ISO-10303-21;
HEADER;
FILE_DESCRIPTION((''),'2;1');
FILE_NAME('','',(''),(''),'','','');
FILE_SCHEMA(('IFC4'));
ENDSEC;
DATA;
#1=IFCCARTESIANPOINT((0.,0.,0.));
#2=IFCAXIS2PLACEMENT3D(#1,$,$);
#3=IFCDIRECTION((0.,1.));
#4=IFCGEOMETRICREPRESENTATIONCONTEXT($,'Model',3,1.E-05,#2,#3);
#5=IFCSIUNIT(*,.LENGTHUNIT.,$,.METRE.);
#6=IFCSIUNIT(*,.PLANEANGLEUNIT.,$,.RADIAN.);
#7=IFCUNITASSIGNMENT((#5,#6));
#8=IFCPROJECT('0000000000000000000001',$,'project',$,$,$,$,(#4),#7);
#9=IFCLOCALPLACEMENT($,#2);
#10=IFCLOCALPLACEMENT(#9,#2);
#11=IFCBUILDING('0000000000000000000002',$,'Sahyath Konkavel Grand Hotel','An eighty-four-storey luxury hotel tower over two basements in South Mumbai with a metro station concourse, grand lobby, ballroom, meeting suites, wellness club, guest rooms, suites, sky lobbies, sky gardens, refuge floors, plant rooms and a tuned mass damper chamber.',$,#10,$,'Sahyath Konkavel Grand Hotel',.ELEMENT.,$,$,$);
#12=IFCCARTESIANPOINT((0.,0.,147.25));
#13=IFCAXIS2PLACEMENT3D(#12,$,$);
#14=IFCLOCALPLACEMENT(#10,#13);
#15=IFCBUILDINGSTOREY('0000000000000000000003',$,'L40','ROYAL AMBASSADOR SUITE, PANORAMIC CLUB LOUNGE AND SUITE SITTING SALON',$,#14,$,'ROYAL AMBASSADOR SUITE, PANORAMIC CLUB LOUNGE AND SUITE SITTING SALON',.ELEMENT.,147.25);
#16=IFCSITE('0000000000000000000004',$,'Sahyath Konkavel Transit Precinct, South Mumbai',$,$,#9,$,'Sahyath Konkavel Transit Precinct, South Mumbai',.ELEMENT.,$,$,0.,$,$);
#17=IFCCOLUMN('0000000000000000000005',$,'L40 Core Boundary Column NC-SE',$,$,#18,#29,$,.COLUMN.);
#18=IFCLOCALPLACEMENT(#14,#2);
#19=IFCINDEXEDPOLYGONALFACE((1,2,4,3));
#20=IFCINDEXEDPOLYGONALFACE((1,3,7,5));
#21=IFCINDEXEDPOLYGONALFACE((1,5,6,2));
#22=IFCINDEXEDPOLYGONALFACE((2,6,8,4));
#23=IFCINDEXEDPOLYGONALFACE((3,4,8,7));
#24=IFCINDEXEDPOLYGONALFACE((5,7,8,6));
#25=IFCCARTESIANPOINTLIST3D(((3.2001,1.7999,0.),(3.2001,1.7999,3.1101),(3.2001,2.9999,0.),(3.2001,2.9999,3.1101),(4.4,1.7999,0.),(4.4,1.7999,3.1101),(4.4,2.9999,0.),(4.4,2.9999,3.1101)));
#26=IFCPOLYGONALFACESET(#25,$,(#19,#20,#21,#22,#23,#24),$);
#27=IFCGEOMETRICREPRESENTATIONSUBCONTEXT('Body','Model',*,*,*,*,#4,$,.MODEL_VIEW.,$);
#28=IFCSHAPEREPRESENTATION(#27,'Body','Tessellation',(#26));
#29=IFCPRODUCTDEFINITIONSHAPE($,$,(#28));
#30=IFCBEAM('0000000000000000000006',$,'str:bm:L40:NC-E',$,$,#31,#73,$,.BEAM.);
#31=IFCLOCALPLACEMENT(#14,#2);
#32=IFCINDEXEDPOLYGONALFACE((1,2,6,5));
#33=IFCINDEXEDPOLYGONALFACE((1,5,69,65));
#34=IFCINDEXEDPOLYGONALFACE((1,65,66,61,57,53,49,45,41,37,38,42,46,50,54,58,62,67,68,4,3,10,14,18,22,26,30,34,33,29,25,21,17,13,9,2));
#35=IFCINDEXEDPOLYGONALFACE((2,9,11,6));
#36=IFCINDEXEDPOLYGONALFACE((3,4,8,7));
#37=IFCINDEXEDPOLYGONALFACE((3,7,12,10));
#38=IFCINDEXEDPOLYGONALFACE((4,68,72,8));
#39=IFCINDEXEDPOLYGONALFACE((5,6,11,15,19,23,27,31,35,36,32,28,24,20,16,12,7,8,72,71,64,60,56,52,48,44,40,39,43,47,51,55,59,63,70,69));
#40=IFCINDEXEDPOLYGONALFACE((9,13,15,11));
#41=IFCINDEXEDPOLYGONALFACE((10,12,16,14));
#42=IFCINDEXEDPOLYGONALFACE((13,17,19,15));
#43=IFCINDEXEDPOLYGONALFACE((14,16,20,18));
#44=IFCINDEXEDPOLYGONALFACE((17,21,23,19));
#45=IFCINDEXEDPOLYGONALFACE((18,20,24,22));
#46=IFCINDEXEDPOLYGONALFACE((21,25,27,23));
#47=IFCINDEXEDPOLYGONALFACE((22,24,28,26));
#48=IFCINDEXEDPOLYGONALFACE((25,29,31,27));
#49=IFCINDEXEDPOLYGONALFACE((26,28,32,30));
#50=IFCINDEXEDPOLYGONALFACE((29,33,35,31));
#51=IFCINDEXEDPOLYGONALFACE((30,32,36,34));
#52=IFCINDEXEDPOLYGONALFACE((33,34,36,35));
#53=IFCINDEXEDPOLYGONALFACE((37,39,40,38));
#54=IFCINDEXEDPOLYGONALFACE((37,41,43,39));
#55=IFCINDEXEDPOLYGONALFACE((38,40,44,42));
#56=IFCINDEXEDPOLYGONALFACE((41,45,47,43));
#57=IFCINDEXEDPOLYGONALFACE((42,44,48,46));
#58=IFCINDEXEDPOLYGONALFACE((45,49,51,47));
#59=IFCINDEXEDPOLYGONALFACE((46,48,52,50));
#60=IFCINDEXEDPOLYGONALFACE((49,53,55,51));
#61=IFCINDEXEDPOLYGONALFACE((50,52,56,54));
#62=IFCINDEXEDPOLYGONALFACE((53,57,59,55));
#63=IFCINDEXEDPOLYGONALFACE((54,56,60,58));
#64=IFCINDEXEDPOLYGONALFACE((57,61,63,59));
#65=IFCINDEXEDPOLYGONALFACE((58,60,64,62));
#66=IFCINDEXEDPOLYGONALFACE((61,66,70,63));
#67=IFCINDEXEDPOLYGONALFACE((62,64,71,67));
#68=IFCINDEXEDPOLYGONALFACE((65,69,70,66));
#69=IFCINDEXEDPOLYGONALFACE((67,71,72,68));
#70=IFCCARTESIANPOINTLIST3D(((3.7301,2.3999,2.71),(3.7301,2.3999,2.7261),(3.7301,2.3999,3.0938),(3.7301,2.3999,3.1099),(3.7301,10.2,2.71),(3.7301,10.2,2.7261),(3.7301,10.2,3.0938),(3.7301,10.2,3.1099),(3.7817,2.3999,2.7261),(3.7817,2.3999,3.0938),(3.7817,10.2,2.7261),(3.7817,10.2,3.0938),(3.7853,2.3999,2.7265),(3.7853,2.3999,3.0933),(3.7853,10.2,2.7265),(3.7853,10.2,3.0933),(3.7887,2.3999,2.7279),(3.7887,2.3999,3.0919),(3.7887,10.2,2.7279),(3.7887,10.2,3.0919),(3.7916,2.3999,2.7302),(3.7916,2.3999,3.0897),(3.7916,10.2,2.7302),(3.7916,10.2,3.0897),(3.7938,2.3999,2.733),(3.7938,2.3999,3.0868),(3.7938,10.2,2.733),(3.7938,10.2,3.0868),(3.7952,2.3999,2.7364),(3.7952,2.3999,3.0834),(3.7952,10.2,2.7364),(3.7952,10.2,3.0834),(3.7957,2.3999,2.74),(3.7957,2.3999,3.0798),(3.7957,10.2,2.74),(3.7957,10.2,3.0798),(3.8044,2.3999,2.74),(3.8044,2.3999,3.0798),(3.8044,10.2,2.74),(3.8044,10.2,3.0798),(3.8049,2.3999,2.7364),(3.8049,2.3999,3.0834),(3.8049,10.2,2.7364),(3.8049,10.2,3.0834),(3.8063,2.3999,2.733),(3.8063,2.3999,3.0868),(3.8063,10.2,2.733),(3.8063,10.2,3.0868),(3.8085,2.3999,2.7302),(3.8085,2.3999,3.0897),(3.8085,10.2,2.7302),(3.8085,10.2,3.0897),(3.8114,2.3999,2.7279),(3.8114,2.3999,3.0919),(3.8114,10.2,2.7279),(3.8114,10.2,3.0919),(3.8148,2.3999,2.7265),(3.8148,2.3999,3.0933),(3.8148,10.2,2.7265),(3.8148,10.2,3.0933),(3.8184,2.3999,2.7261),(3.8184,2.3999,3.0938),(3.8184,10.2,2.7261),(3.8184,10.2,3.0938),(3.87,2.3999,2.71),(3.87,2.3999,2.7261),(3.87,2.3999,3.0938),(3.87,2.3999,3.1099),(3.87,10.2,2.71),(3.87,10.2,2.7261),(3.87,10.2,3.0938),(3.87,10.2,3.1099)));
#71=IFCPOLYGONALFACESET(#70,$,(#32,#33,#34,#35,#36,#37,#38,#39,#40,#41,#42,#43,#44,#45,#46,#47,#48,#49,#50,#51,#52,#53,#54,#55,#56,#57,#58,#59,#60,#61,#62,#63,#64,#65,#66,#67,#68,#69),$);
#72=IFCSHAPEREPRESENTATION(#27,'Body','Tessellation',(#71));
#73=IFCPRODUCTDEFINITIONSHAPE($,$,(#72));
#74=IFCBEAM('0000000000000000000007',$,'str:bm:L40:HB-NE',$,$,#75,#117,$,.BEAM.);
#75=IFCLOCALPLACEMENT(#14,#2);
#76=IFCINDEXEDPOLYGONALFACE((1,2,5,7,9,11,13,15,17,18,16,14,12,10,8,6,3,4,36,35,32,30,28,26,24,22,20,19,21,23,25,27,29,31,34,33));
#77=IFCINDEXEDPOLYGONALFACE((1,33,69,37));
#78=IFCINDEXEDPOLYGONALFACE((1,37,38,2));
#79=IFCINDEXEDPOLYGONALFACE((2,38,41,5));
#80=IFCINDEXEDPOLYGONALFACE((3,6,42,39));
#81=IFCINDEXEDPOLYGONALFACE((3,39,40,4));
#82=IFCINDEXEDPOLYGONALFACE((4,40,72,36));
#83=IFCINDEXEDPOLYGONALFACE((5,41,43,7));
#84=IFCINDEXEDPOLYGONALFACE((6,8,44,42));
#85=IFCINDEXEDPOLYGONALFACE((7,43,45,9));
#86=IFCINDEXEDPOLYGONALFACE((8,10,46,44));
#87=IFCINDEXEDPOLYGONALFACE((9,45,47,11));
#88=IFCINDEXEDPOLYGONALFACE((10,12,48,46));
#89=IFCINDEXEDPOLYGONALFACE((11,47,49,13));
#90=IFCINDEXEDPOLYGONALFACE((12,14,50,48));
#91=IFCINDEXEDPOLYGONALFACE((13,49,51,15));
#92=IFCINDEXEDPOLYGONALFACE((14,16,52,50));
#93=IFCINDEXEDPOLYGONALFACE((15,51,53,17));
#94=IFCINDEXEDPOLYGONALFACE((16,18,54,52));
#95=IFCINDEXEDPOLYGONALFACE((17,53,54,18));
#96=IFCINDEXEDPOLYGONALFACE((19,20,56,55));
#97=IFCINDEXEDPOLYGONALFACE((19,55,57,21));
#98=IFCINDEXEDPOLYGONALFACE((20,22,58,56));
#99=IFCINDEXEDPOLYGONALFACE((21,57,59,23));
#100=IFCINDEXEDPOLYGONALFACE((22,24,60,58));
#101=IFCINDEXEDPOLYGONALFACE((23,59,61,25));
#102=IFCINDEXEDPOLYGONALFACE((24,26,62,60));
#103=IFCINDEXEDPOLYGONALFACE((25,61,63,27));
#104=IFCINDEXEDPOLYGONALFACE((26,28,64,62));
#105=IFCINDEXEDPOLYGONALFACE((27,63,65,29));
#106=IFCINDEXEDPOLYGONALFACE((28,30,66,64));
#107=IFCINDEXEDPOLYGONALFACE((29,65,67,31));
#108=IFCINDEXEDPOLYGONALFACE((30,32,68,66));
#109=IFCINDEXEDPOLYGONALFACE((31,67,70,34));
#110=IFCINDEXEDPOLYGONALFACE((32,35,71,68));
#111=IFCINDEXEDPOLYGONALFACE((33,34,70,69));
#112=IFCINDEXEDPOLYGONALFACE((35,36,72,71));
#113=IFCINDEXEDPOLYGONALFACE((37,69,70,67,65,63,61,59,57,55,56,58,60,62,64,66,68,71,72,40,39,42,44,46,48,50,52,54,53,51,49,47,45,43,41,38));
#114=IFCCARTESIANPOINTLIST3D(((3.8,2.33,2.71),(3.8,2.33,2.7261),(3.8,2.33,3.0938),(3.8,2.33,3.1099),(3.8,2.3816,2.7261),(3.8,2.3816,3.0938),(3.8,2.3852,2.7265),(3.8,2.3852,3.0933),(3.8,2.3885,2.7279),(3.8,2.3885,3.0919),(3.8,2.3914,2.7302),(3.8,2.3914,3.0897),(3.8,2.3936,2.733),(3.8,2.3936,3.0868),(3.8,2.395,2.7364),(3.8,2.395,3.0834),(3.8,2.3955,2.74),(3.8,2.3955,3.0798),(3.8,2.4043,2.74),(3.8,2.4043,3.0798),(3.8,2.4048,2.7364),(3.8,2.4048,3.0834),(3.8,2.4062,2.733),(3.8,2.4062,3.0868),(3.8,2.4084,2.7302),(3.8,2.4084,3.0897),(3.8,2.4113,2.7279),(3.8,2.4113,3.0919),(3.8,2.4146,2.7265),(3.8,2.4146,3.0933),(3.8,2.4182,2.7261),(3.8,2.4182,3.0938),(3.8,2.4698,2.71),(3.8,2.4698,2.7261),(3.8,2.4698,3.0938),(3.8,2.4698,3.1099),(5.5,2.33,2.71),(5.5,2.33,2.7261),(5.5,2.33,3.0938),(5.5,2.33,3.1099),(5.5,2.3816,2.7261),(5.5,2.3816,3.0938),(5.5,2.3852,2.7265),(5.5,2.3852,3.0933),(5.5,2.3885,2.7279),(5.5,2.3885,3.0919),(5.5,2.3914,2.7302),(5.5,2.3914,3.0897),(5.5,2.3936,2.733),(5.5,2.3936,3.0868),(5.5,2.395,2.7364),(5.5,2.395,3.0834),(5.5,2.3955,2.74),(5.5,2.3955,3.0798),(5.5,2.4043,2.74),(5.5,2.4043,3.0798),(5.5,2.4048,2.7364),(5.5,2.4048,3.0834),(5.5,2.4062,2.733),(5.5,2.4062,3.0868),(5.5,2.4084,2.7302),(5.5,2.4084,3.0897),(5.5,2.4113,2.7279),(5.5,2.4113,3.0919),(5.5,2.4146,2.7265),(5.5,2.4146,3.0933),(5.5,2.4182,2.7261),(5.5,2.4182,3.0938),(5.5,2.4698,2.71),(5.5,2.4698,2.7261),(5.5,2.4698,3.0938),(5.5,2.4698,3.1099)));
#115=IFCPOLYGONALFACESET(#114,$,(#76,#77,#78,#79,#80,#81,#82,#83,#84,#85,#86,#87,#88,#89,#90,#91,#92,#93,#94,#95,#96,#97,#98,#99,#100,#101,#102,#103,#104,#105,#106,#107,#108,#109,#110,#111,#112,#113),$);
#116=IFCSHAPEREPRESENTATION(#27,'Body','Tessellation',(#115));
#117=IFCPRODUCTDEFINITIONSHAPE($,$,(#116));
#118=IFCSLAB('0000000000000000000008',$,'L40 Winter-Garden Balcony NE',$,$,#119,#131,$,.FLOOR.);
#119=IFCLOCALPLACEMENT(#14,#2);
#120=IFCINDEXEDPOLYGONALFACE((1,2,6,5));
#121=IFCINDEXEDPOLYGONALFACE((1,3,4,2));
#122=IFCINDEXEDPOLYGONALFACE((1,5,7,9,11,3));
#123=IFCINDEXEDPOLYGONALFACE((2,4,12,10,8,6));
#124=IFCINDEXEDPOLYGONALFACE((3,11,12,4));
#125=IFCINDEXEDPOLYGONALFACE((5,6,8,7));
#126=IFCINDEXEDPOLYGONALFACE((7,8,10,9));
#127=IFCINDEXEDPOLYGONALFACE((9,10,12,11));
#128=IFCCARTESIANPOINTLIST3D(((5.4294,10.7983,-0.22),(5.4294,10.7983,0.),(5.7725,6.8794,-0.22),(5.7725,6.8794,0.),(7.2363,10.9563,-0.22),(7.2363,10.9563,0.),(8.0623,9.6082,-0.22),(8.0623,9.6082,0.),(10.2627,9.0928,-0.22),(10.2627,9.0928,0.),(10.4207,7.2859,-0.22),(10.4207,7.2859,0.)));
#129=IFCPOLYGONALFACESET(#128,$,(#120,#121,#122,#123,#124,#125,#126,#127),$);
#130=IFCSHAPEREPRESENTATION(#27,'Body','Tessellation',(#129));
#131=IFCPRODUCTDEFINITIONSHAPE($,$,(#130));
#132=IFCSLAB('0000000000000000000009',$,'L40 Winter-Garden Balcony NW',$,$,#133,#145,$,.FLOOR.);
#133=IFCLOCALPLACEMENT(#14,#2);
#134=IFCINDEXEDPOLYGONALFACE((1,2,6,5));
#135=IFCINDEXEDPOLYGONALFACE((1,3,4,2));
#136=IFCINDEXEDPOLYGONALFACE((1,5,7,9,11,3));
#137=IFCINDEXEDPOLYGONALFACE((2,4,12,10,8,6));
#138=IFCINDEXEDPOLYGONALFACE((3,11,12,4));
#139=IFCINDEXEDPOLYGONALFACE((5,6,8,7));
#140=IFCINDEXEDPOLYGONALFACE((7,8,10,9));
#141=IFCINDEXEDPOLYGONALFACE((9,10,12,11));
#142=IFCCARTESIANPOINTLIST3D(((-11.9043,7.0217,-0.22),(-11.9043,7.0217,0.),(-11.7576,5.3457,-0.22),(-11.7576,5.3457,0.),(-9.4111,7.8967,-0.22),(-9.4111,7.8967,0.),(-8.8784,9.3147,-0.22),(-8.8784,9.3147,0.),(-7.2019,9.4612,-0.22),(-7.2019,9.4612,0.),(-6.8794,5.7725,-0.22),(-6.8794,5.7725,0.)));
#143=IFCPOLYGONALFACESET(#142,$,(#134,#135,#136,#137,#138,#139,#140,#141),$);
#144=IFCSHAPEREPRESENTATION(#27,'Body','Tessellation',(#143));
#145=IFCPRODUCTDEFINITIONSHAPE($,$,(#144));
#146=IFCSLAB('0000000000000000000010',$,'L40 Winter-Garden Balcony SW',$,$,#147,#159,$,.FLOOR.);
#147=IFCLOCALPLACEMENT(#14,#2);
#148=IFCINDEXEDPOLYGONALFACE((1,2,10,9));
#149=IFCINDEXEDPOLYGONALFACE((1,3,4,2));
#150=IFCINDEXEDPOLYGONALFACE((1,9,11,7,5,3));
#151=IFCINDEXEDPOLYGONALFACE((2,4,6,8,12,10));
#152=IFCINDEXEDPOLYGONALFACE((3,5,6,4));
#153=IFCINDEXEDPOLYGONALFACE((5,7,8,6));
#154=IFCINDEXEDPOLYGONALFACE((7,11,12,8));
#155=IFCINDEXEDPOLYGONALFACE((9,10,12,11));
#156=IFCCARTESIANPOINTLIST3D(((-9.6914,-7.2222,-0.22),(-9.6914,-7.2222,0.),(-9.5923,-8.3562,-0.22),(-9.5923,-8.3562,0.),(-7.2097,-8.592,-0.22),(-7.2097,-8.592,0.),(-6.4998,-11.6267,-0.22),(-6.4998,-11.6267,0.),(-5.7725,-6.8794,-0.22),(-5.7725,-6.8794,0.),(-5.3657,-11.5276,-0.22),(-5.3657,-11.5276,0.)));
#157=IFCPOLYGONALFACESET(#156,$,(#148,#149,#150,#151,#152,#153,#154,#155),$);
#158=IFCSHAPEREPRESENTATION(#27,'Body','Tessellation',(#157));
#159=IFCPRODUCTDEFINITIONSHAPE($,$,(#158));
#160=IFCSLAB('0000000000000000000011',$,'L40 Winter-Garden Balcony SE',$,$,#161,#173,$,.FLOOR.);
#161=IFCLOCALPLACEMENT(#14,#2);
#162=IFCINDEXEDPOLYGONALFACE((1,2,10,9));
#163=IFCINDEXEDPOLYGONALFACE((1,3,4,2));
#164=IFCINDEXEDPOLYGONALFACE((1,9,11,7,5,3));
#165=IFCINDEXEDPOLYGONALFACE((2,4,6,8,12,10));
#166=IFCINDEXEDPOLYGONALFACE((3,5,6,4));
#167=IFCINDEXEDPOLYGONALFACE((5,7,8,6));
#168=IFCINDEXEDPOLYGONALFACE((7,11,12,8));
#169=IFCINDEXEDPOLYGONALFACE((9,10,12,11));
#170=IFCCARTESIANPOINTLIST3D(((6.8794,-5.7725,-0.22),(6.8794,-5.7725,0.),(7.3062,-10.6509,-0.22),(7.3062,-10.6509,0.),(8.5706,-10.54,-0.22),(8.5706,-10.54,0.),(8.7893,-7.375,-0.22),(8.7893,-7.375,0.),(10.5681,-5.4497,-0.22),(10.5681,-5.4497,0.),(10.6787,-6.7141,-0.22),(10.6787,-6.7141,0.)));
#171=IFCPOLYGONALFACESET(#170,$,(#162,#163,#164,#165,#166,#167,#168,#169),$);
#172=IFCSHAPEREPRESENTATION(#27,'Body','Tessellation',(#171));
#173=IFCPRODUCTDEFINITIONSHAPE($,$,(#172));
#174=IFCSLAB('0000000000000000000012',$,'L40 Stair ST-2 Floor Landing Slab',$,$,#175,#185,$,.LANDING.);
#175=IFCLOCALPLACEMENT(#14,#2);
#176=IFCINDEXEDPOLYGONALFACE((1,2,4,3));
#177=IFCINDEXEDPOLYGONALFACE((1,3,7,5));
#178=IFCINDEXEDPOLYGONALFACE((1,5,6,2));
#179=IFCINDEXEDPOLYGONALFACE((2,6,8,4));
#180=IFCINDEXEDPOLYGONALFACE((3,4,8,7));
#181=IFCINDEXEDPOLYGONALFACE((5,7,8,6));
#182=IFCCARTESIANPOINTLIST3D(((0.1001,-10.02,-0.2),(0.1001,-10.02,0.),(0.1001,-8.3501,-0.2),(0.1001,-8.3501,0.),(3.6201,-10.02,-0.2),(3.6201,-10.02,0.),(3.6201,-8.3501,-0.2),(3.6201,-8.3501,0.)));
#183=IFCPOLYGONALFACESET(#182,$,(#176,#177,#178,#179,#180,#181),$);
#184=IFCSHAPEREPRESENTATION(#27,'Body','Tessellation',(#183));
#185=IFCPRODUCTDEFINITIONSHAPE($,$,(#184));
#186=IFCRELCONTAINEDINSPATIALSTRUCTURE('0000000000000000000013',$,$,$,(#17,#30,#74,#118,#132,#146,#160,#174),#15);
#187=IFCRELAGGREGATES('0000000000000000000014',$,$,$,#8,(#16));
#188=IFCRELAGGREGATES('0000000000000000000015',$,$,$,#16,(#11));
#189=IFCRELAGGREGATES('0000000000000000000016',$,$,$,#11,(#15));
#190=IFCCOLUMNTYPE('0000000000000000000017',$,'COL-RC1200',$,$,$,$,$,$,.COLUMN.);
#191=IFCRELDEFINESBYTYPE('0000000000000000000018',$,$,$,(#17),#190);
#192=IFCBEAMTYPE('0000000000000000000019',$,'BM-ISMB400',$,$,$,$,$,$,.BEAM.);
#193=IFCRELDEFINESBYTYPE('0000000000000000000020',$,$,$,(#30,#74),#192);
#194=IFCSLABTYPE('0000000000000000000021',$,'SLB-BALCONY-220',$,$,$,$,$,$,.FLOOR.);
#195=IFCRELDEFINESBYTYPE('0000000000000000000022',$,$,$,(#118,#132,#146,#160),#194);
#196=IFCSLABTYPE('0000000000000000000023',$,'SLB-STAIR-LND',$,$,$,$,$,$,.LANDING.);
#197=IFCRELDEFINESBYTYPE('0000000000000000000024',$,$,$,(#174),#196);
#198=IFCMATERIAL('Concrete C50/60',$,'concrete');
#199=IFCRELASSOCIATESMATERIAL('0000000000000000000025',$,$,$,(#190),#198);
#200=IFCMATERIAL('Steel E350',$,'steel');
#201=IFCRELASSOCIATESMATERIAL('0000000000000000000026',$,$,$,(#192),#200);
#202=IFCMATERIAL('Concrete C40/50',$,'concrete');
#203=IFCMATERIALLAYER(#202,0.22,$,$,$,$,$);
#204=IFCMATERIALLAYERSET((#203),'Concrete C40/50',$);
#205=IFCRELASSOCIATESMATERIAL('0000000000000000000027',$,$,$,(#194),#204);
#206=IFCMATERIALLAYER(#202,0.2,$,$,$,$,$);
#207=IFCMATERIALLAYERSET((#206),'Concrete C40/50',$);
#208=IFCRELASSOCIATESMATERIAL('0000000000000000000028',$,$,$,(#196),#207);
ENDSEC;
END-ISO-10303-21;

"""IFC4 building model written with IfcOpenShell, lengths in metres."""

from ifc_helpers import new_model, si_unit, direction, frame, origin, origin_2d, place, context, subcontext, project, spatial, polyline, rectangle, i_section, outline, extrude, source, transform, mapped, material, layer, layer_set, material_profile, profile_set, type_object, element, save


model = new_model("IFC4")

# Units and contexts
model_context = context("Model", 3, precision=1e-05, world=origin(), true_north=direction((0.0, 1.0)))
body_context = subcontext(model_context, "Body", "Model", "MODEL_VIEW")
ifc_project = project(units=[si_unit("LENGTHUNIT", "METRE"), si_unit("PLANEANGLEUNIT", "RADIAN")], contexts=[model_context])

# Site, building, storey
site_placement = place(None, origin())
site = spatial("IfcSite", under=ifc_project, at=site_placement, Name="Sahyath Konkavel Transit Precinct, South Mumbai", LongName="Sahyath Konkavel Transit Precinct, South Mumbai", CompositionType="ELEMENT", RefElevation=0.0)
building_placement = place(site_placement, origin())
building = spatial("IfcBuilding", under=site, at=building_placement, Name="Sahyath Konkavel Grand Hotel", Description="An eighty-four-storey luxury hotel tower over two basements in South Mumbai with a metro station concourse, grand lobby, ballroom, meeting suites, wellness club, guest rooms, suites, sky lobbies, sky gardens, refuge floors, plant rooms and a tuned mass damper chamber.", LongName="Sahyath Konkavel Grand Hotel", CompositionType="ELEMENT")
storey_placement = place(building_placement, frame((0.0, 0.0, 147.25)))
storey = spatial("IfcBuildingStorey", under=building, at=storey_placement, Name="L40", Description="ROYAL AMBASSADOR SUITE, PANORAMIC CLUB LOUNGE AND SUITE SITTING SALON", LongName="ROYAL AMBASSADOR SUITE, PANORAMIC CLUB LOUNGE AND SUITE SITTING SALON", CompositionType="ELEMENT", Elevation=147.25)

# Column
ifc_material_1 = material(Name="Concrete C50/60", Category="concrete")
ifc_material_profile_1 = material_profile(ifc_material_1, rectangle(XDim=1.2, YDim=1.2, at=origin_2d()), Name="RC 1200x1200")
ifc_profile_set_1 = profile_set([ifc_material_profile_1], Name="Concrete C50/60")
column_type = type_object("IfcColumnType", Name="COL-RC1200", PredefinedType="COLUMN", material=ifc_profile_set_1)
shared_shape_1 = source(origin(), body_context, "Body", "SweptSolid", [
    extrude(rectangle(XDim=1.2, YDim=1.2, at=origin_2d()), origin(), (0.0, 0.0, 1.0), 3.1101),
])
column_placement = place(storey_placement, frame((3.8, 2.3999, 0.0), z_axis=(0.0, 0.0, 1.0), x_axis=(1.0, 0.0, 0.0)))
element("IfcColumn", 1, at=column_placement, inside=storey, type_object=column_type, Name="L40 Core Boundary Column NC-SE", PredefinedType="COLUMN", context=body_context, shape_type="MappedRepresentation", body=[
    mapped(shared_shape_1, transform((0.0, 0.0, 0.0), scale=1.0)),
])

# Beams
ifc_material_2 = material(Name="Steel E350", Category="steel")
ifc_material_profile_2 = material_profile(ifc_material_2, i_section(OverallWidth=0.1399, OverallDepth=0.3999, WebThickness=0.0088, FlangeThickness=0.0161, FilletRadius=0.0139, at=origin_2d()), Name="ISMB 400")
ifc_profile_set_2 = profile_set([ifc_material_profile_2], Name="Steel E350")
beam_type = type_object("IfcBeamType", Name="BM-ISMB400", PredefinedType="BEAM", material=ifc_profile_set_2)
shared_shape_2 = source(origin(), body_context, "Body", "SweptSolid", [
    extrude(i_section(OverallWidth=0.1399, OverallDepth=0.3999, WebThickness=0.0088, FlangeThickness=0.0161, FilletRadius=0.0139, at=origin_2d()), origin(), (0.0, 0.0, 1.0), 7.8),
])
beam_1_placement = place(storey_placement, frame((3.8, 2.3999, 2.9099), z_axis=(0.0, 1.0, 0.0), x_axis=(-1.0, 0.0, 0.0)))
element("IfcBeam", 2, at=beam_1_placement, inside=storey, type_object=beam_type, Name="str:bm:L40:NC-E", PredefinedType="BEAM", context=body_context, shape_type="MappedRepresentation", body=[
    mapped(shared_shape_2, transform((0.0, 0.0, 0.0), scale=1.0)),
])
shared_shape_3 = source(origin(), body_context, "Body", "SweptSolid", [
    extrude(i_section(OverallWidth=0.1399, OverallDepth=0.3999, WebThickness=0.0088, FlangeThickness=0.0161, FilletRadius=0.0139, at=origin_2d()), origin(), (0.0, 0.0, 1.0), 1.7),
])
beam_2_placement = place(storey_placement, frame((3.8, 2.3999, 2.9099), z_axis=(1.0, 0.0, 0.0), x_axis=(0.0, 1.0, 0.0)))
element("IfcBeam", 3, at=beam_2_placement, inside=storey, type_object=beam_type, Name="str:bm:L40:HB-NE", PredefinedType="BEAM", context=body_context, shape_type="MappedRepresentation", body=[
    mapped(shared_shape_3, transform((0.0, 0.0, 0.0), scale=1.0)),
])

# Slabs
ifc_material_3 = material(Name="Concrete C40/50", Category="concrete")
ifc_layer_1 = layer(ifc_material_3, 0.22)
ifc_layer_set_1 = layer_set([ifc_layer_1], Name="Concrete C40/50")
slab_type_1 = type_object("IfcSlabType", Name="SLB-BALCONY-220", PredefinedType="FLOOR", material=ifc_layer_set_1)
slab_1_placement = place(storey_placement, frame((0.0, 0.0, -0.22)))
element("IfcSlab", 4, at=slab_1_placement, inside=storey, type_object=slab_type_1, Name="L40 Winter-Garden Balcony NE", PredefinedType="FLOOR", context=body_context, shape_type="SweptSolid", body=[
    extrude(outline(polyline([(5.7725, 6.8794), (10.4207, 7.2859), (10.2627, 9.0928), (8.0623, 9.6082), (7.2363, 10.9563), (5.4294, 10.7983), (5.7725, 6.8794)])), origin(), (0.0, 0.0, 1.0), 0.22),
])
slab_2_placement = place(storey_placement, frame((0.0, 0.0, -0.22)))
element("IfcSlab", 5, at=slab_2_placement, inside=storey, type_object=slab_type_1, Name="L40 Winter-Garden Balcony NW", PredefinedType="FLOOR", context=body_context, shape_type="SweptSolid", body=[
    extrude(outline(polyline([(-6.8794, 5.7725), (-7.2019, 9.4612), (-8.8784, 9.3147), (-9.4111, 7.8967), (-11.9043, 7.0217), (-11.7576, 5.3457), (-6.8794, 5.7725)])), origin(), (0.0, 0.0, 1.0), 0.22),
])
slab_3_placement = place(storey_placement, frame((0.0, 0.0, -0.22)))
element("IfcSlab", 6, at=slab_3_placement, inside=storey, type_object=slab_type_1, Name="L40 Winter-Garden Balcony SW", PredefinedType="FLOOR", context=body_context, shape_type="SweptSolid", body=[
    extrude(outline(polyline([(-5.7725, -6.8794), (-9.6914, -7.2222), (-9.5923, -8.3562), (-7.2097, -8.592), (-6.4998, -11.6267), (-5.3657, -11.5276), (-5.7725, -6.8794)])), origin(), (0.0, 0.0, 1.0), 0.22),
])
slab_4_placement = place(storey_placement, frame((0.0, 0.0, -0.22)))
element("IfcSlab", 7, at=slab_4_placement, inside=storey, type_object=slab_type_1, Name="L40 Winter-Garden Balcony SE", PredefinedType="FLOOR", context=body_context, shape_type="SweptSolid", body=[
    extrude(outline(polyline([(6.8794, -5.7725), (7.3062, -10.6509), (8.5706, -10.54), (8.7893, -7.375), (10.6787, -6.7141), (10.5681, -5.4497), (6.8794, -5.7725)])), origin(), (0.0, 0.0, 1.0), 0.22),
])
ifc_layer_2 = layer(ifc_material_3, 0.2)
ifc_layer_set_2 = layer_set([ifc_layer_2], Name="Concrete C40/50")
slab_type_2 = type_object("IfcSlabType", Name="SLB-STAIR-LND", PredefinedType="LANDING", material=ifc_layer_set_2)
slab_5_placement = place(storey_placement, frame((0.0, 0.0, -0.2)))
element("IfcSlab", 8, at=slab_5_placement, inside=storey, type_object=slab_type_2, Name="L40 Stair ST-2 Floor Landing Slab", PredefinedType="LANDING", context=body_context, shape_type="SweptSolid", body=[
    extrude(outline(polyline([(0.1001, -10.02), (3.6201, -10.02), (3.6201, -8.3501), (0.1001, -8.3501), (0.1001, -10.02)])), origin(), (0.0, 0.0, 1.0), 0.2),
])

save(model, "model.ifc")
